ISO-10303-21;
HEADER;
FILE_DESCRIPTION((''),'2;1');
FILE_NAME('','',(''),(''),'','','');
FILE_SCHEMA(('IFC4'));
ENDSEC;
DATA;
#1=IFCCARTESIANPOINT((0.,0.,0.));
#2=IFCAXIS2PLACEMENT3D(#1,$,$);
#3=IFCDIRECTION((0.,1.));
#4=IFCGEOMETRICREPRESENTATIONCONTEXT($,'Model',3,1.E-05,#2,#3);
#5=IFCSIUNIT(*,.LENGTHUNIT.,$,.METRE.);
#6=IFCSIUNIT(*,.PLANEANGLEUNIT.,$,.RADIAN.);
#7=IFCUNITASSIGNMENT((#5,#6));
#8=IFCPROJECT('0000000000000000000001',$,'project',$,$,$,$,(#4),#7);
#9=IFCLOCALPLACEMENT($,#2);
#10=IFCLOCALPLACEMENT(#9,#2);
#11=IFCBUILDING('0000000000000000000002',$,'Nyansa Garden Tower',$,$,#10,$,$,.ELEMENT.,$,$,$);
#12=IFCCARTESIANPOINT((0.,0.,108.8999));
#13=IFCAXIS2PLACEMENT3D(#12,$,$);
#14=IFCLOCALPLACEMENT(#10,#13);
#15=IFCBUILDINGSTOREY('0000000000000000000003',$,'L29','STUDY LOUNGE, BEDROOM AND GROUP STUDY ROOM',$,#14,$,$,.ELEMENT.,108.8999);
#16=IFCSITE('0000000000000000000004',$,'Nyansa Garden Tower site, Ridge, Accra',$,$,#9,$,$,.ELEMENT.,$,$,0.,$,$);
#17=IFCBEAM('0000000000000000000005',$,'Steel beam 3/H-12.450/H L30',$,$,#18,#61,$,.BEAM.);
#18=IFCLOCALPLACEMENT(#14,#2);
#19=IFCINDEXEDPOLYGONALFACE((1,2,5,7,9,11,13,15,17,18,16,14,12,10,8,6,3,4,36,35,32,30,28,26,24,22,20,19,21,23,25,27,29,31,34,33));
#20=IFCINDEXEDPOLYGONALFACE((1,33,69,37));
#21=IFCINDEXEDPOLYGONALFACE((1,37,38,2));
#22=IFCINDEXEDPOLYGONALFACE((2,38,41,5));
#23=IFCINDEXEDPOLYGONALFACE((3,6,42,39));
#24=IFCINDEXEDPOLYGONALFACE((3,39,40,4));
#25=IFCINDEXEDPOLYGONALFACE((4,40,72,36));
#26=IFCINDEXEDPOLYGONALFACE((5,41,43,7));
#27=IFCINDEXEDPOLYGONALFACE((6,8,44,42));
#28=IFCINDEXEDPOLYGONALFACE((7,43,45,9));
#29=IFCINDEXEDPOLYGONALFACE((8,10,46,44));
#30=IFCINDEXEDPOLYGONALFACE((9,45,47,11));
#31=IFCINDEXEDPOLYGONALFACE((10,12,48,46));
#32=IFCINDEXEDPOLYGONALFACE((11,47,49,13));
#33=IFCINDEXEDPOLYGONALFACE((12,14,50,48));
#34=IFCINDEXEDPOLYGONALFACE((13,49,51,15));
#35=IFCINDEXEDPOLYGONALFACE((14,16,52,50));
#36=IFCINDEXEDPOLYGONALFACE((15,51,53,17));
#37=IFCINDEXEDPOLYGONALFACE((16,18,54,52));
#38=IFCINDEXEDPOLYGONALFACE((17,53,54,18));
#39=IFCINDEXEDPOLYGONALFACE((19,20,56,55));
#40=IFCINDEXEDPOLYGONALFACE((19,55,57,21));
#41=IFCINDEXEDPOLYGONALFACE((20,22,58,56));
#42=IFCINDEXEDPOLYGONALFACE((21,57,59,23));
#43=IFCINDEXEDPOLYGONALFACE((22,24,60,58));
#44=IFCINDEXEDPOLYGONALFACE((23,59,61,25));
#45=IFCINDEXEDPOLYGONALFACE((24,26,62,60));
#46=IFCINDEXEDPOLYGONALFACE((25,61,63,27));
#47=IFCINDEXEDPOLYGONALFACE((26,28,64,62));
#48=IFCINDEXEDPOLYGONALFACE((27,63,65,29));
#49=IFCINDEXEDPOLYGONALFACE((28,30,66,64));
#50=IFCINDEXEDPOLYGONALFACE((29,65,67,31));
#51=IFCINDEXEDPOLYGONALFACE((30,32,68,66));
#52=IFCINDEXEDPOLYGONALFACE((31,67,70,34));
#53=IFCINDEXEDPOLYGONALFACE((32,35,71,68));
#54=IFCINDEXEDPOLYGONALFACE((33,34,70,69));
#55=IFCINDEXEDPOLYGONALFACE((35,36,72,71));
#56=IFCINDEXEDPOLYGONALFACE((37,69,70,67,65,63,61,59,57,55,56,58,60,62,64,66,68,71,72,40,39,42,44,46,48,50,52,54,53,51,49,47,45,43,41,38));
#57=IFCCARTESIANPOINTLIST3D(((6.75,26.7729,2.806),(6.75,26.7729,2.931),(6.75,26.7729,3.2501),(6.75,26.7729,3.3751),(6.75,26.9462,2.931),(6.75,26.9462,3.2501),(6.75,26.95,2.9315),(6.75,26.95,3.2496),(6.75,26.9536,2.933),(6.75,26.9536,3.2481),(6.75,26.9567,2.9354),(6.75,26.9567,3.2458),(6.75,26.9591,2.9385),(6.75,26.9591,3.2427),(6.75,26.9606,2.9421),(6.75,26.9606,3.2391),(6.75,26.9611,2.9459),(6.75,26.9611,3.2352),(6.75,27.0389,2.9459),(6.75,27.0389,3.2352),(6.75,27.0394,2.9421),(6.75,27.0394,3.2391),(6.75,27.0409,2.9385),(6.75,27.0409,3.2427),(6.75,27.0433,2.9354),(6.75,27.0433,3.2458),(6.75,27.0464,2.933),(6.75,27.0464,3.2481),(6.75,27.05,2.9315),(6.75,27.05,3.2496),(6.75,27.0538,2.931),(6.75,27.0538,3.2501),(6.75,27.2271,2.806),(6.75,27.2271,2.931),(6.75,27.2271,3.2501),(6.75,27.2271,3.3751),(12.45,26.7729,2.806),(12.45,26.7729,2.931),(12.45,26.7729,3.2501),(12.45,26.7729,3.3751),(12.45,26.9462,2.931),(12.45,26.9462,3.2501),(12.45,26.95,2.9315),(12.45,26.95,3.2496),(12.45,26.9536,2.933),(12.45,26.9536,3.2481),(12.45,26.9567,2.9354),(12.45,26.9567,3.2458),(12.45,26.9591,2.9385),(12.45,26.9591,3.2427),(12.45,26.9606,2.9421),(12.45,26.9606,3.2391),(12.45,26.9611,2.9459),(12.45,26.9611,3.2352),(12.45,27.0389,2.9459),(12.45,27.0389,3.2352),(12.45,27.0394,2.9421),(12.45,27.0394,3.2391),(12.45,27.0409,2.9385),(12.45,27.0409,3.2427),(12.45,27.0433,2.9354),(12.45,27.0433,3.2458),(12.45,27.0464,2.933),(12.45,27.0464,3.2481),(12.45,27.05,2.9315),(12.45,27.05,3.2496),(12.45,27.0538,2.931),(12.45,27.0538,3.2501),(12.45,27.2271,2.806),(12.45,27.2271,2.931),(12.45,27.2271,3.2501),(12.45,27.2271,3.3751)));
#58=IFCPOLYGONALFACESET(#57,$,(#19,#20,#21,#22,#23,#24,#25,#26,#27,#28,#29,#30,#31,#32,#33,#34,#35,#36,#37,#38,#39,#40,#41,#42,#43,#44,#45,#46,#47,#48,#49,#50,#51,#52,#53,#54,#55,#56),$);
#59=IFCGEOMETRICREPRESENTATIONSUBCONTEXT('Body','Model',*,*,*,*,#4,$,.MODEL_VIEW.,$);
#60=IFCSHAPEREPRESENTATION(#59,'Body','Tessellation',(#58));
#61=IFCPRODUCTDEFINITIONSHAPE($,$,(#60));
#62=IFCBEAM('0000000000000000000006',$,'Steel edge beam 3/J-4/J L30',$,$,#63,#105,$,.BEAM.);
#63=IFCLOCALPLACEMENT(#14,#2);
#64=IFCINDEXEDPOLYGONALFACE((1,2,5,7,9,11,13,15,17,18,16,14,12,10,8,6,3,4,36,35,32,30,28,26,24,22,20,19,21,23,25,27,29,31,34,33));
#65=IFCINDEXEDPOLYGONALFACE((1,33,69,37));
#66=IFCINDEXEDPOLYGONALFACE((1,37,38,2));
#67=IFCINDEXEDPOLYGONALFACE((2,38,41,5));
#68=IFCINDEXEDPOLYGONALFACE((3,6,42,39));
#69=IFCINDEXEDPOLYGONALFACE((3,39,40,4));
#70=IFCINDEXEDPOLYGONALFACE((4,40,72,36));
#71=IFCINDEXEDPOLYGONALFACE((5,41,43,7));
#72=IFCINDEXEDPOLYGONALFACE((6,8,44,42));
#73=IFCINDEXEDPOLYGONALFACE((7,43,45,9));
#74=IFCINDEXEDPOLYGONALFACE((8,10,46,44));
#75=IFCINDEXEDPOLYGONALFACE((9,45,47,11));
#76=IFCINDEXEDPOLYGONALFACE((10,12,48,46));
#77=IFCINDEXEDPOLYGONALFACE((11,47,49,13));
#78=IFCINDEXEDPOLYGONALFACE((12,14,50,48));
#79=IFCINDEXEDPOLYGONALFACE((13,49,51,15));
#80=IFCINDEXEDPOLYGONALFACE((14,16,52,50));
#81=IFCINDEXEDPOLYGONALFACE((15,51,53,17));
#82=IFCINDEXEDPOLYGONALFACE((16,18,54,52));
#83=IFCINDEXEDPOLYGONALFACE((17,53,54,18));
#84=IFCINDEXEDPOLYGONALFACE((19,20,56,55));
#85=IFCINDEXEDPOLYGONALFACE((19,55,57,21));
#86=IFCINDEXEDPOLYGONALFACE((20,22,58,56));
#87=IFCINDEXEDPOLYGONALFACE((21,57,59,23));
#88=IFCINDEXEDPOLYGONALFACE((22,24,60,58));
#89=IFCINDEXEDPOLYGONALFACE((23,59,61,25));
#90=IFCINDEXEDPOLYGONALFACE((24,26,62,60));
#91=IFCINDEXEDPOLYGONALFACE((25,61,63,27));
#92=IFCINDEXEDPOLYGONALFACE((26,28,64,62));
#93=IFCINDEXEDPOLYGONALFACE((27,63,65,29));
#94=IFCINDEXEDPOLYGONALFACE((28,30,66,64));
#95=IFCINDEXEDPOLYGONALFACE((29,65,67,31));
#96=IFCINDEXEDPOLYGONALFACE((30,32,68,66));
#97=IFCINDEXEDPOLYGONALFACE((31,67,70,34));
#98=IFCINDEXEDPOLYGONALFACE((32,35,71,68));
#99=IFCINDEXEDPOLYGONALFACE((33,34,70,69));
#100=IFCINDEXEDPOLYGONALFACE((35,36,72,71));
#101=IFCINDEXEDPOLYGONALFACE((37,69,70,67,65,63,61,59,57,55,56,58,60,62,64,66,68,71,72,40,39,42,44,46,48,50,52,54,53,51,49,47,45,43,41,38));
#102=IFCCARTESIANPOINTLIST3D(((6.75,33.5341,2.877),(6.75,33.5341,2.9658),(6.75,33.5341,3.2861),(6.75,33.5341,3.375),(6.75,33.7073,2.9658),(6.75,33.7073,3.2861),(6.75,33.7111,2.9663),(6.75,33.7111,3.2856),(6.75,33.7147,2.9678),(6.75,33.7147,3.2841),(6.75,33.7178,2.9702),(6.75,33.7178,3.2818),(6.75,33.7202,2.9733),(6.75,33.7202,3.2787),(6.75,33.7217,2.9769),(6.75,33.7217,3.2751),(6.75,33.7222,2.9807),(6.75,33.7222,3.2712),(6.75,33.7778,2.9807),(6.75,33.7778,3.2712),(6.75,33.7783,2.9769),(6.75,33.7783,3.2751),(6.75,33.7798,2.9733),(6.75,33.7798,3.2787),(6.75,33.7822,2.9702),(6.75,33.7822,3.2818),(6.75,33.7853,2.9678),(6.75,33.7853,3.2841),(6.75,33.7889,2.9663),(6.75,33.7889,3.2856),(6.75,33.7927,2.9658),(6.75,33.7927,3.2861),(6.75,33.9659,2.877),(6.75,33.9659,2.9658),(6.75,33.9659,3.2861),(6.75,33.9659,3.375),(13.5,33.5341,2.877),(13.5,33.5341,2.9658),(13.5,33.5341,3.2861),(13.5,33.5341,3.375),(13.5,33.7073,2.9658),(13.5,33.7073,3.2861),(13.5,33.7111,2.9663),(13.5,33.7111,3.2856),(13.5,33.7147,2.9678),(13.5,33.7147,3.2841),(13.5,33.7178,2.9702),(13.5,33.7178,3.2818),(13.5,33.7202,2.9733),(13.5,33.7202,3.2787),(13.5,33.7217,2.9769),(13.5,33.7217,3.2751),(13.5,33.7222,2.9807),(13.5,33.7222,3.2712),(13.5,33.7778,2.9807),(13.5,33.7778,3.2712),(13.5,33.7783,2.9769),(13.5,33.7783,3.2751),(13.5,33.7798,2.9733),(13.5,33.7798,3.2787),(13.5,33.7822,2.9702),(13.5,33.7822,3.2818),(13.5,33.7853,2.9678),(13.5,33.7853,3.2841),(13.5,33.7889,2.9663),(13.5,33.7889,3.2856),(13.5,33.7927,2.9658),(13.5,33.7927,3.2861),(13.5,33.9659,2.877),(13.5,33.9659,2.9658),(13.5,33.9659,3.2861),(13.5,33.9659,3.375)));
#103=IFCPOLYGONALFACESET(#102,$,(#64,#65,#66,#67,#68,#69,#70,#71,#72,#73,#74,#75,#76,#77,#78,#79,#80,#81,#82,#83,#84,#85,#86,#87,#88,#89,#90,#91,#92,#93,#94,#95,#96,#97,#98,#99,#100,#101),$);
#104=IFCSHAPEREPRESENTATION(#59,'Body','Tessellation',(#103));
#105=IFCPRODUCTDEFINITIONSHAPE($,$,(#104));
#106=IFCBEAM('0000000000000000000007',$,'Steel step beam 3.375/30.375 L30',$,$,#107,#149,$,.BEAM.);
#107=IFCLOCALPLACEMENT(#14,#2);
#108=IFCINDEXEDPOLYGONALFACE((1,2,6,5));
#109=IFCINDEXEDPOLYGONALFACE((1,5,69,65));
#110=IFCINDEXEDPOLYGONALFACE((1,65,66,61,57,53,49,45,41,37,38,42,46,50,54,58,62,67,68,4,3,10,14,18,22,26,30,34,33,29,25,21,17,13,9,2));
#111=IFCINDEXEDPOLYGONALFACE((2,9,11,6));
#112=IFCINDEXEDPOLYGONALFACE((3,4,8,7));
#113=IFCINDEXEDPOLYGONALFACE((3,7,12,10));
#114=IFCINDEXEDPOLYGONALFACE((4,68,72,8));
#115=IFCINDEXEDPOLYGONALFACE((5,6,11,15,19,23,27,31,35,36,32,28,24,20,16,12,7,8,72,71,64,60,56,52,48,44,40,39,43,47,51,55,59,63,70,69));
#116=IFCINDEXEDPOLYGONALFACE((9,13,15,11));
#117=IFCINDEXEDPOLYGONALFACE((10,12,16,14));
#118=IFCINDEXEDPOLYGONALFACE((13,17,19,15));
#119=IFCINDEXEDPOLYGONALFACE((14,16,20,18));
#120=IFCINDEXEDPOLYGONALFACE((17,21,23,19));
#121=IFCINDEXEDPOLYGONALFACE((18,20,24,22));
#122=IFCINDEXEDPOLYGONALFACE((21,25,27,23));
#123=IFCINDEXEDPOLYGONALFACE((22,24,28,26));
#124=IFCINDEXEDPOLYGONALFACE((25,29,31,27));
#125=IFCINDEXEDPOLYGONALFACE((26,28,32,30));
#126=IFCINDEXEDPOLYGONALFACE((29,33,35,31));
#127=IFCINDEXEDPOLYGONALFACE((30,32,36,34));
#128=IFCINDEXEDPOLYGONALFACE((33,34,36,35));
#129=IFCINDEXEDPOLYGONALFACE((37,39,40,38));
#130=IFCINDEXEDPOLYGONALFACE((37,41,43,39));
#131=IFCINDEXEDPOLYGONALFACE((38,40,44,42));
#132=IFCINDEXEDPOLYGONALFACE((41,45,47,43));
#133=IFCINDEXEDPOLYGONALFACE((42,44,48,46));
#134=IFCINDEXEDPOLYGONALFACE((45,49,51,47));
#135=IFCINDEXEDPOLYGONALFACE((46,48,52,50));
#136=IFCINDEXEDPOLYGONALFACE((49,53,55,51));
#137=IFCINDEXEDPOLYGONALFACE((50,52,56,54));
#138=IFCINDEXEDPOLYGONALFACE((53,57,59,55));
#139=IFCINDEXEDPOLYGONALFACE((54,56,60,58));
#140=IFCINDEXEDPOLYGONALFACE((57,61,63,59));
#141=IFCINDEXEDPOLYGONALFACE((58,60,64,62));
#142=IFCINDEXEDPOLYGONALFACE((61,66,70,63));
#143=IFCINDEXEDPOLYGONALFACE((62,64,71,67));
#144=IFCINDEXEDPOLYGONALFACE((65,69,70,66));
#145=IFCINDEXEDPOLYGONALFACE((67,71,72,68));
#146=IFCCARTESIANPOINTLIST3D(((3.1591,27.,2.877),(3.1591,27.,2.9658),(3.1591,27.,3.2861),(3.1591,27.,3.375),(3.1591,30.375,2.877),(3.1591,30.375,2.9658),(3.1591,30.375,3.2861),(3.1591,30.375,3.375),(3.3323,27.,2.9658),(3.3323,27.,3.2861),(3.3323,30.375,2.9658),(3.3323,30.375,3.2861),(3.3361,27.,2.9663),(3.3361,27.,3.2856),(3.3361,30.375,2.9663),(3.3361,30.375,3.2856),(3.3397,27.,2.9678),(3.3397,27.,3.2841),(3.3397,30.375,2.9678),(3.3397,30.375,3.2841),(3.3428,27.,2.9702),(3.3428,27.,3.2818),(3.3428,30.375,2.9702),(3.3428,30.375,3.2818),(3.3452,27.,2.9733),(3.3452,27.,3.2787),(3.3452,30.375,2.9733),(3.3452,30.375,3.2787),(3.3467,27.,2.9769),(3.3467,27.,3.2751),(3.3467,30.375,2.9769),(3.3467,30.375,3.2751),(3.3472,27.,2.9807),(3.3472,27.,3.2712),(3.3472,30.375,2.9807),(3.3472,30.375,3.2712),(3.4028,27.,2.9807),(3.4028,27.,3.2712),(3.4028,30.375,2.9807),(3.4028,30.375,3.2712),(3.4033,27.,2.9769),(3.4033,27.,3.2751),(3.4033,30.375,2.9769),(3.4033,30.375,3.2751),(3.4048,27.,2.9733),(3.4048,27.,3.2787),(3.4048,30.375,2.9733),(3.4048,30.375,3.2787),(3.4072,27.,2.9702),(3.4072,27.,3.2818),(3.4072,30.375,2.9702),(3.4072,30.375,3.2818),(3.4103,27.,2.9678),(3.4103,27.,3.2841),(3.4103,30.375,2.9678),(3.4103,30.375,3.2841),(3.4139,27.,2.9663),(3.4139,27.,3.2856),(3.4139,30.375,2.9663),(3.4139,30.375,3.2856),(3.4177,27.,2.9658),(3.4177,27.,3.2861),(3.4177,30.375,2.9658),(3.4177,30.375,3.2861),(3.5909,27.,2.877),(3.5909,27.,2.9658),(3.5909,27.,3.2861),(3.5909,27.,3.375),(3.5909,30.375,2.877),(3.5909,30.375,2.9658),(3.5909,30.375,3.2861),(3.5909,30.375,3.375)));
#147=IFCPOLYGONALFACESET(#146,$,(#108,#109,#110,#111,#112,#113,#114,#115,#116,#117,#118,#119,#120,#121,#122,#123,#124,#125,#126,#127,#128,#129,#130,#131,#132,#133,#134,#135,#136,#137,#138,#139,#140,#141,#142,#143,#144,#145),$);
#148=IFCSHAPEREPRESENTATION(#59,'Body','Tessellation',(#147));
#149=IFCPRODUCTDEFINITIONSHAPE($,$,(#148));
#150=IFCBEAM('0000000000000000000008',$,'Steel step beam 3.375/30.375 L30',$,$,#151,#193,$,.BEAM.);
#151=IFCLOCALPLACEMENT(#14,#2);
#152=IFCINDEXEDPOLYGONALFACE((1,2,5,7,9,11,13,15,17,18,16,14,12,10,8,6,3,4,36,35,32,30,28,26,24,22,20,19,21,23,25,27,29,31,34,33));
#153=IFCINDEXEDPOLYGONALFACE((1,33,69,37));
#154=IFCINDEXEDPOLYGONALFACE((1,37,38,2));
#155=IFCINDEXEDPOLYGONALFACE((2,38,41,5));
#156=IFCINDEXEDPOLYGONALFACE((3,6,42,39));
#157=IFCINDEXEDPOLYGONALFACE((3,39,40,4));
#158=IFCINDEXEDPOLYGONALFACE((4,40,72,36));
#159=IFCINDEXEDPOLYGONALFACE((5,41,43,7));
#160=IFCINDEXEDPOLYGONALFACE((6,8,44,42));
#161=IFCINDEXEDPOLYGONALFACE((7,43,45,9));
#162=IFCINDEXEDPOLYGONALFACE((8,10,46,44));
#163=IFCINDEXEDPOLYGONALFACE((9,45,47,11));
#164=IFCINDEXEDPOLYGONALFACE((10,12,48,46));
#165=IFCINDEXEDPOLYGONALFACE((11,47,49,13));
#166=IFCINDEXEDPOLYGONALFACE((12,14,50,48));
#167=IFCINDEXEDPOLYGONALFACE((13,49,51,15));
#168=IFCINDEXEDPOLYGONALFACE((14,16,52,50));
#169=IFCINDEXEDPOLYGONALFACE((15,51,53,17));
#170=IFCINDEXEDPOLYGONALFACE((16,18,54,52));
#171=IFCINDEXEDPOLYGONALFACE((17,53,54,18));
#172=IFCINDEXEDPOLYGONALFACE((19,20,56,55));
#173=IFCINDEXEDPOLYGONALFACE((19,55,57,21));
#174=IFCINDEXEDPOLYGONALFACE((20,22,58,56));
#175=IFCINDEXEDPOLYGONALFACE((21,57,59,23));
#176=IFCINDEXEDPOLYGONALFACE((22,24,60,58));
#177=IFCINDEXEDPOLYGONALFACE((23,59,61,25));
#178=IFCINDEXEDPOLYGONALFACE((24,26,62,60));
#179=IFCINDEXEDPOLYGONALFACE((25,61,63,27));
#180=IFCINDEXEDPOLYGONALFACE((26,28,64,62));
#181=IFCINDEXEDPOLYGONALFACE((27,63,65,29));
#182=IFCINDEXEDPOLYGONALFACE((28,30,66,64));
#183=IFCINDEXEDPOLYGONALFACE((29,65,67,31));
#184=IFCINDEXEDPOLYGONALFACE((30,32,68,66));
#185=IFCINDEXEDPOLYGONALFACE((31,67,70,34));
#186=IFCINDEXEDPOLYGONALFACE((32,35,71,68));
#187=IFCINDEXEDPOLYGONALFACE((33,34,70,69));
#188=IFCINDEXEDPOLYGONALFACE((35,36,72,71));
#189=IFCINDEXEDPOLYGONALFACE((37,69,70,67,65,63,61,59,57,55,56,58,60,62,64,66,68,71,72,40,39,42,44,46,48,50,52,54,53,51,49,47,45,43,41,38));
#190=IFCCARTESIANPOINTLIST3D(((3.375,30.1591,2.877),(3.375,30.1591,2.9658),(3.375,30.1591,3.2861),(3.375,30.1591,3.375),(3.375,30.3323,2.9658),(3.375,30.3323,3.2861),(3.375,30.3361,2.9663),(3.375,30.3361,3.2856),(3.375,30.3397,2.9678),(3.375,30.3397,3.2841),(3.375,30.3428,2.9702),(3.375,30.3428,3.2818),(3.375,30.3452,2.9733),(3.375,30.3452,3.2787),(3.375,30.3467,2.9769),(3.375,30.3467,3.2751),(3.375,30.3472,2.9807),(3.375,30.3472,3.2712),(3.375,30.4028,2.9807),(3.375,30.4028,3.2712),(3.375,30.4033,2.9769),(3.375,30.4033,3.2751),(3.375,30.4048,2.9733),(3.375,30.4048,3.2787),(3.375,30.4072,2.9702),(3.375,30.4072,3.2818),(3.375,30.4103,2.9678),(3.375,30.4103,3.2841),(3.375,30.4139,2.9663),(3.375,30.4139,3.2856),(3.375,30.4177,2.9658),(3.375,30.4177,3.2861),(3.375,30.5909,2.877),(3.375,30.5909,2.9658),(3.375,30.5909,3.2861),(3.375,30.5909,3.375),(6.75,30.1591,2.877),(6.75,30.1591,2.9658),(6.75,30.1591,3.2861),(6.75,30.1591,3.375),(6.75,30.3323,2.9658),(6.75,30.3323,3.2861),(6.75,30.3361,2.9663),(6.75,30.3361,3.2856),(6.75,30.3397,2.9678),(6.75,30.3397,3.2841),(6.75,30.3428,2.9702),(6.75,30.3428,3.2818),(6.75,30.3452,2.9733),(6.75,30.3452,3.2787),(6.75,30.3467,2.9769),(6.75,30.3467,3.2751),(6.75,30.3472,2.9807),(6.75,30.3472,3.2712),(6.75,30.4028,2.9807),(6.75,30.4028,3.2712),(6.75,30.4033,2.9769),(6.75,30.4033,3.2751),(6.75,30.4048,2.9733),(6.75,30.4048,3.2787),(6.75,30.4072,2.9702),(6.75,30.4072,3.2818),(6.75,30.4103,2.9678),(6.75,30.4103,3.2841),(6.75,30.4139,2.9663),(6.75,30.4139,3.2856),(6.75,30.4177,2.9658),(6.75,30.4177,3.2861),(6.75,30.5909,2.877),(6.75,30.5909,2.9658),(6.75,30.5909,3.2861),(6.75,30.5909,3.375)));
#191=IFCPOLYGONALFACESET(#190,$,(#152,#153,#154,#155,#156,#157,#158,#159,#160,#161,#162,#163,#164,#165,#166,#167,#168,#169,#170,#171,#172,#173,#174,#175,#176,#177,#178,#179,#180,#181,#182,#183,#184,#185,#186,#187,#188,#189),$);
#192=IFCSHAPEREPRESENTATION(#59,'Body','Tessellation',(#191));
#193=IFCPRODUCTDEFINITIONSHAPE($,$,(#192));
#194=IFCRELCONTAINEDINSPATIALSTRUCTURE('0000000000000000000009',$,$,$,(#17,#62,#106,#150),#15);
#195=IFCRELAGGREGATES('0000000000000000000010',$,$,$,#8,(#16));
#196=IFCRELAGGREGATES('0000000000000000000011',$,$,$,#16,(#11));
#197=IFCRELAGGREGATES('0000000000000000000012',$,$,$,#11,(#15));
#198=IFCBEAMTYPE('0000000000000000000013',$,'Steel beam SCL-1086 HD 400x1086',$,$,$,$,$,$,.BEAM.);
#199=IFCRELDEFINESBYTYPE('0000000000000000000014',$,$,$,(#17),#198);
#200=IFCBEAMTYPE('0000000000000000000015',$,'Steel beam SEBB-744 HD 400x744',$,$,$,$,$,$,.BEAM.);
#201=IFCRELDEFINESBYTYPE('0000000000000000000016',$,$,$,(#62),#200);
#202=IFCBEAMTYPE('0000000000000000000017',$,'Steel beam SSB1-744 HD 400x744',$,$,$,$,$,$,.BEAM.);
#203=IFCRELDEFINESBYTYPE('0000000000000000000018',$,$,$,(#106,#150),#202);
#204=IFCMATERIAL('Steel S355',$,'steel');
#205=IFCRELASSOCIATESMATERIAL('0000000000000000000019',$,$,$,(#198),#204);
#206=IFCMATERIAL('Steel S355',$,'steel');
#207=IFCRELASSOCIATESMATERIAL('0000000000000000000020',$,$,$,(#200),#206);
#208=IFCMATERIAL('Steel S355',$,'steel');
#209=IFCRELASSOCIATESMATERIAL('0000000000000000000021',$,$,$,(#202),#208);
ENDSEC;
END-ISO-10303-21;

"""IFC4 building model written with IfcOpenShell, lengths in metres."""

from ifc_helpers import new_model, si_unit, direction, frame, origin, origin_2d, place, context, subcontext, project, spatial, i_section, extrude, material, material_profile, profile_set, type_object, element, save


model = new_model("IFC4")

# Units and contexts
model_context = context("Model", 3, precision=1e-05, world=origin(), true_north=direction((0.0, 1.0)))
body_context = subcontext(model_context, "Body", "Model", "MODEL_VIEW")
ifc_project = project(units=[si_unit("LENGTHUNIT", "METRE"), si_unit("PLANEANGLEUNIT", "RADIAN")], contexts=[model_context])

# Site, building, storey
site_placement = place(None, origin())
site = spatial("IfcSite", under=ifc_project, at=site_placement, Name="Nyansa Garden Tower site, Ridge, Accra", CompositionType="ELEMENT", RefElevation=0.0)
building_placement = place(site_placement, origin())
building = spatial("IfcBuilding", under=site, at=building_placement, Name="Nyansa Garden Tower", CompositionType="ELEMENT")
storey_placement = place(building_placement, frame((0.0, 0.0, 108.8999)))
storey = spatial("IfcBuildingStorey", under=building, at=storey_placement, Name="L29", Description="STUDY LOUNGE, BEDROOM AND GROUP STUDY ROOM", CompositionType="ELEMENT", Elevation=108.8999)

# Beams
ifc_material_1 = material(Name="Steel S355", Category="steel")
ifc_material_profile_1 = material_profile(ifc_material_1, i_section(OverallWidth=0.4541, OverallDepth=0.5691, WebThickness=0.0779, FlangeThickness=0.125, FilletRadius=0.0149, at=origin_2d()), Name="HD 400x1086")
ifc_profile_set_1 = profile_set([ifc_material_profile_1], Name="Steel S355")
beam_type_1 = type_object("IfcBeamType", Name="Steel beam SCL-1086 HD 400x1086", PredefinedType="BEAM", material=ifc_profile_set_1)
beam_1_placement = place(storey_placement, frame((6.75, 27.0, 3.0906), z_axis=(1.0, 0.0, 0.0), x_axis=(0.0, 1.0, 0.0)))
element("IfcBeam", 1, at=beam_1_placement, inside=storey, type_object=beam_type_1, Name="Steel beam 3/H-12.450/H L30", PredefinedType="BEAM", context=body_context, shape_type="SweptSolid", body=[
    extrude(i_section(OverallWidth=0.4541, OverallDepth=0.5691, WebThickness=0.0779, FlangeThickness=0.125, FilletRadius=0.0149, at=origin_2d()), origin(), (0.0, 0.0, 1.0), 5.7),
])
ifc_material_2 = material(Name="Steel S355", Category="steel")
ifc_material_profile_2 = material_profile(ifc_material_2, i_section(OverallWidth=0.4319, OverallDepth=0.498, WebThickness=0.0557, FlangeThickness=0.0889, FilletRadius=0.0149, at=origin_2d()), Name="HD 400x744")
ifc_profile_set_2 = profile_set([ifc_material_profile_2], Name="Steel S355")
beam_type_2 = type_object("IfcBeamType", Name="Steel beam SEBB-744 HD 400x744", PredefinedType="BEAM", material=ifc_profile_set_2)
beam_2_placement = place(storey_placement, frame((6.75, 33.75, 3.126), z_axis=(1.0, 0.0, 0.0), x_axis=(0.0, 1.0, 0.0)))
element("IfcBeam", 2, at=beam_2_placement, inside=storey, type_object=beam_type_2, Name="Steel edge beam 3/J-4/J L30", PredefinedType="BEAM", context=body_context, shape_type="SweptSolid", body=[
    extrude(i_section(OverallWidth=0.4319, OverallDepth=0.498, WebThickness=0.0557, FlangeThickness=0.0889, FilletRadius=0.0149, at=origin_2d()), origin(), (0.0, 0.0, 1.0), 6.75),
])
ifc_material_3 = material(Name="Steel S355", Category="steel")
ifc_material_profile_3 = material_profile(ifc_material_3, i_section(OverallWidth=0.4319, OverallDepth=0.498, WebThickness=0.0557, FlangeThickness=0.0889, FilletRadius=0.0149, at=origin_2d()), Name="HD 400x744")
ifc_profile_set_3 = profile_set([ifc_material_profile_3], Name="Steel S355")
beam_type_3 = type_object("IfcBeamType", Name="Steel beam SSB1-744 HD 400x744", PredefinedType="BEAM", material=ifc_profile_set_3)
for number, where, z_axis, x_axis, name in (
    (3, (3.375, 30.375, 3.126), (0.0, -1.0, 0.0), (1.0, 0.0, 0.0), "Steel step beam 3.375/30.375 L30"),
    (4, (3.375, 30.375, 3.126), (1.0, 0.0, 0.0), (0.0, 1.0, 0.0), "Steel step beam 3.375/30.375 L30"),
):
    element("IfcBeam", number, at=place(storey_placement, frame(where, z_axis=z_axis, x_axis=x_axis)), inside=storey, type_object=beam_type_3, Name=name, PredefinedType="BEAM", context=body_context, shape_type="SweptSolid", body=[
        extrude(i_section(OverallWidth=0.4319, OverallDepth=0.498, WebThickness=0.0557, FlangeThickness=0.0889, FilletRadius=0.0149, at=origin_2d()), origin(), (0.0, 0.0, 1.0), 3.375),
    ])

save(model, "model.ifc")
